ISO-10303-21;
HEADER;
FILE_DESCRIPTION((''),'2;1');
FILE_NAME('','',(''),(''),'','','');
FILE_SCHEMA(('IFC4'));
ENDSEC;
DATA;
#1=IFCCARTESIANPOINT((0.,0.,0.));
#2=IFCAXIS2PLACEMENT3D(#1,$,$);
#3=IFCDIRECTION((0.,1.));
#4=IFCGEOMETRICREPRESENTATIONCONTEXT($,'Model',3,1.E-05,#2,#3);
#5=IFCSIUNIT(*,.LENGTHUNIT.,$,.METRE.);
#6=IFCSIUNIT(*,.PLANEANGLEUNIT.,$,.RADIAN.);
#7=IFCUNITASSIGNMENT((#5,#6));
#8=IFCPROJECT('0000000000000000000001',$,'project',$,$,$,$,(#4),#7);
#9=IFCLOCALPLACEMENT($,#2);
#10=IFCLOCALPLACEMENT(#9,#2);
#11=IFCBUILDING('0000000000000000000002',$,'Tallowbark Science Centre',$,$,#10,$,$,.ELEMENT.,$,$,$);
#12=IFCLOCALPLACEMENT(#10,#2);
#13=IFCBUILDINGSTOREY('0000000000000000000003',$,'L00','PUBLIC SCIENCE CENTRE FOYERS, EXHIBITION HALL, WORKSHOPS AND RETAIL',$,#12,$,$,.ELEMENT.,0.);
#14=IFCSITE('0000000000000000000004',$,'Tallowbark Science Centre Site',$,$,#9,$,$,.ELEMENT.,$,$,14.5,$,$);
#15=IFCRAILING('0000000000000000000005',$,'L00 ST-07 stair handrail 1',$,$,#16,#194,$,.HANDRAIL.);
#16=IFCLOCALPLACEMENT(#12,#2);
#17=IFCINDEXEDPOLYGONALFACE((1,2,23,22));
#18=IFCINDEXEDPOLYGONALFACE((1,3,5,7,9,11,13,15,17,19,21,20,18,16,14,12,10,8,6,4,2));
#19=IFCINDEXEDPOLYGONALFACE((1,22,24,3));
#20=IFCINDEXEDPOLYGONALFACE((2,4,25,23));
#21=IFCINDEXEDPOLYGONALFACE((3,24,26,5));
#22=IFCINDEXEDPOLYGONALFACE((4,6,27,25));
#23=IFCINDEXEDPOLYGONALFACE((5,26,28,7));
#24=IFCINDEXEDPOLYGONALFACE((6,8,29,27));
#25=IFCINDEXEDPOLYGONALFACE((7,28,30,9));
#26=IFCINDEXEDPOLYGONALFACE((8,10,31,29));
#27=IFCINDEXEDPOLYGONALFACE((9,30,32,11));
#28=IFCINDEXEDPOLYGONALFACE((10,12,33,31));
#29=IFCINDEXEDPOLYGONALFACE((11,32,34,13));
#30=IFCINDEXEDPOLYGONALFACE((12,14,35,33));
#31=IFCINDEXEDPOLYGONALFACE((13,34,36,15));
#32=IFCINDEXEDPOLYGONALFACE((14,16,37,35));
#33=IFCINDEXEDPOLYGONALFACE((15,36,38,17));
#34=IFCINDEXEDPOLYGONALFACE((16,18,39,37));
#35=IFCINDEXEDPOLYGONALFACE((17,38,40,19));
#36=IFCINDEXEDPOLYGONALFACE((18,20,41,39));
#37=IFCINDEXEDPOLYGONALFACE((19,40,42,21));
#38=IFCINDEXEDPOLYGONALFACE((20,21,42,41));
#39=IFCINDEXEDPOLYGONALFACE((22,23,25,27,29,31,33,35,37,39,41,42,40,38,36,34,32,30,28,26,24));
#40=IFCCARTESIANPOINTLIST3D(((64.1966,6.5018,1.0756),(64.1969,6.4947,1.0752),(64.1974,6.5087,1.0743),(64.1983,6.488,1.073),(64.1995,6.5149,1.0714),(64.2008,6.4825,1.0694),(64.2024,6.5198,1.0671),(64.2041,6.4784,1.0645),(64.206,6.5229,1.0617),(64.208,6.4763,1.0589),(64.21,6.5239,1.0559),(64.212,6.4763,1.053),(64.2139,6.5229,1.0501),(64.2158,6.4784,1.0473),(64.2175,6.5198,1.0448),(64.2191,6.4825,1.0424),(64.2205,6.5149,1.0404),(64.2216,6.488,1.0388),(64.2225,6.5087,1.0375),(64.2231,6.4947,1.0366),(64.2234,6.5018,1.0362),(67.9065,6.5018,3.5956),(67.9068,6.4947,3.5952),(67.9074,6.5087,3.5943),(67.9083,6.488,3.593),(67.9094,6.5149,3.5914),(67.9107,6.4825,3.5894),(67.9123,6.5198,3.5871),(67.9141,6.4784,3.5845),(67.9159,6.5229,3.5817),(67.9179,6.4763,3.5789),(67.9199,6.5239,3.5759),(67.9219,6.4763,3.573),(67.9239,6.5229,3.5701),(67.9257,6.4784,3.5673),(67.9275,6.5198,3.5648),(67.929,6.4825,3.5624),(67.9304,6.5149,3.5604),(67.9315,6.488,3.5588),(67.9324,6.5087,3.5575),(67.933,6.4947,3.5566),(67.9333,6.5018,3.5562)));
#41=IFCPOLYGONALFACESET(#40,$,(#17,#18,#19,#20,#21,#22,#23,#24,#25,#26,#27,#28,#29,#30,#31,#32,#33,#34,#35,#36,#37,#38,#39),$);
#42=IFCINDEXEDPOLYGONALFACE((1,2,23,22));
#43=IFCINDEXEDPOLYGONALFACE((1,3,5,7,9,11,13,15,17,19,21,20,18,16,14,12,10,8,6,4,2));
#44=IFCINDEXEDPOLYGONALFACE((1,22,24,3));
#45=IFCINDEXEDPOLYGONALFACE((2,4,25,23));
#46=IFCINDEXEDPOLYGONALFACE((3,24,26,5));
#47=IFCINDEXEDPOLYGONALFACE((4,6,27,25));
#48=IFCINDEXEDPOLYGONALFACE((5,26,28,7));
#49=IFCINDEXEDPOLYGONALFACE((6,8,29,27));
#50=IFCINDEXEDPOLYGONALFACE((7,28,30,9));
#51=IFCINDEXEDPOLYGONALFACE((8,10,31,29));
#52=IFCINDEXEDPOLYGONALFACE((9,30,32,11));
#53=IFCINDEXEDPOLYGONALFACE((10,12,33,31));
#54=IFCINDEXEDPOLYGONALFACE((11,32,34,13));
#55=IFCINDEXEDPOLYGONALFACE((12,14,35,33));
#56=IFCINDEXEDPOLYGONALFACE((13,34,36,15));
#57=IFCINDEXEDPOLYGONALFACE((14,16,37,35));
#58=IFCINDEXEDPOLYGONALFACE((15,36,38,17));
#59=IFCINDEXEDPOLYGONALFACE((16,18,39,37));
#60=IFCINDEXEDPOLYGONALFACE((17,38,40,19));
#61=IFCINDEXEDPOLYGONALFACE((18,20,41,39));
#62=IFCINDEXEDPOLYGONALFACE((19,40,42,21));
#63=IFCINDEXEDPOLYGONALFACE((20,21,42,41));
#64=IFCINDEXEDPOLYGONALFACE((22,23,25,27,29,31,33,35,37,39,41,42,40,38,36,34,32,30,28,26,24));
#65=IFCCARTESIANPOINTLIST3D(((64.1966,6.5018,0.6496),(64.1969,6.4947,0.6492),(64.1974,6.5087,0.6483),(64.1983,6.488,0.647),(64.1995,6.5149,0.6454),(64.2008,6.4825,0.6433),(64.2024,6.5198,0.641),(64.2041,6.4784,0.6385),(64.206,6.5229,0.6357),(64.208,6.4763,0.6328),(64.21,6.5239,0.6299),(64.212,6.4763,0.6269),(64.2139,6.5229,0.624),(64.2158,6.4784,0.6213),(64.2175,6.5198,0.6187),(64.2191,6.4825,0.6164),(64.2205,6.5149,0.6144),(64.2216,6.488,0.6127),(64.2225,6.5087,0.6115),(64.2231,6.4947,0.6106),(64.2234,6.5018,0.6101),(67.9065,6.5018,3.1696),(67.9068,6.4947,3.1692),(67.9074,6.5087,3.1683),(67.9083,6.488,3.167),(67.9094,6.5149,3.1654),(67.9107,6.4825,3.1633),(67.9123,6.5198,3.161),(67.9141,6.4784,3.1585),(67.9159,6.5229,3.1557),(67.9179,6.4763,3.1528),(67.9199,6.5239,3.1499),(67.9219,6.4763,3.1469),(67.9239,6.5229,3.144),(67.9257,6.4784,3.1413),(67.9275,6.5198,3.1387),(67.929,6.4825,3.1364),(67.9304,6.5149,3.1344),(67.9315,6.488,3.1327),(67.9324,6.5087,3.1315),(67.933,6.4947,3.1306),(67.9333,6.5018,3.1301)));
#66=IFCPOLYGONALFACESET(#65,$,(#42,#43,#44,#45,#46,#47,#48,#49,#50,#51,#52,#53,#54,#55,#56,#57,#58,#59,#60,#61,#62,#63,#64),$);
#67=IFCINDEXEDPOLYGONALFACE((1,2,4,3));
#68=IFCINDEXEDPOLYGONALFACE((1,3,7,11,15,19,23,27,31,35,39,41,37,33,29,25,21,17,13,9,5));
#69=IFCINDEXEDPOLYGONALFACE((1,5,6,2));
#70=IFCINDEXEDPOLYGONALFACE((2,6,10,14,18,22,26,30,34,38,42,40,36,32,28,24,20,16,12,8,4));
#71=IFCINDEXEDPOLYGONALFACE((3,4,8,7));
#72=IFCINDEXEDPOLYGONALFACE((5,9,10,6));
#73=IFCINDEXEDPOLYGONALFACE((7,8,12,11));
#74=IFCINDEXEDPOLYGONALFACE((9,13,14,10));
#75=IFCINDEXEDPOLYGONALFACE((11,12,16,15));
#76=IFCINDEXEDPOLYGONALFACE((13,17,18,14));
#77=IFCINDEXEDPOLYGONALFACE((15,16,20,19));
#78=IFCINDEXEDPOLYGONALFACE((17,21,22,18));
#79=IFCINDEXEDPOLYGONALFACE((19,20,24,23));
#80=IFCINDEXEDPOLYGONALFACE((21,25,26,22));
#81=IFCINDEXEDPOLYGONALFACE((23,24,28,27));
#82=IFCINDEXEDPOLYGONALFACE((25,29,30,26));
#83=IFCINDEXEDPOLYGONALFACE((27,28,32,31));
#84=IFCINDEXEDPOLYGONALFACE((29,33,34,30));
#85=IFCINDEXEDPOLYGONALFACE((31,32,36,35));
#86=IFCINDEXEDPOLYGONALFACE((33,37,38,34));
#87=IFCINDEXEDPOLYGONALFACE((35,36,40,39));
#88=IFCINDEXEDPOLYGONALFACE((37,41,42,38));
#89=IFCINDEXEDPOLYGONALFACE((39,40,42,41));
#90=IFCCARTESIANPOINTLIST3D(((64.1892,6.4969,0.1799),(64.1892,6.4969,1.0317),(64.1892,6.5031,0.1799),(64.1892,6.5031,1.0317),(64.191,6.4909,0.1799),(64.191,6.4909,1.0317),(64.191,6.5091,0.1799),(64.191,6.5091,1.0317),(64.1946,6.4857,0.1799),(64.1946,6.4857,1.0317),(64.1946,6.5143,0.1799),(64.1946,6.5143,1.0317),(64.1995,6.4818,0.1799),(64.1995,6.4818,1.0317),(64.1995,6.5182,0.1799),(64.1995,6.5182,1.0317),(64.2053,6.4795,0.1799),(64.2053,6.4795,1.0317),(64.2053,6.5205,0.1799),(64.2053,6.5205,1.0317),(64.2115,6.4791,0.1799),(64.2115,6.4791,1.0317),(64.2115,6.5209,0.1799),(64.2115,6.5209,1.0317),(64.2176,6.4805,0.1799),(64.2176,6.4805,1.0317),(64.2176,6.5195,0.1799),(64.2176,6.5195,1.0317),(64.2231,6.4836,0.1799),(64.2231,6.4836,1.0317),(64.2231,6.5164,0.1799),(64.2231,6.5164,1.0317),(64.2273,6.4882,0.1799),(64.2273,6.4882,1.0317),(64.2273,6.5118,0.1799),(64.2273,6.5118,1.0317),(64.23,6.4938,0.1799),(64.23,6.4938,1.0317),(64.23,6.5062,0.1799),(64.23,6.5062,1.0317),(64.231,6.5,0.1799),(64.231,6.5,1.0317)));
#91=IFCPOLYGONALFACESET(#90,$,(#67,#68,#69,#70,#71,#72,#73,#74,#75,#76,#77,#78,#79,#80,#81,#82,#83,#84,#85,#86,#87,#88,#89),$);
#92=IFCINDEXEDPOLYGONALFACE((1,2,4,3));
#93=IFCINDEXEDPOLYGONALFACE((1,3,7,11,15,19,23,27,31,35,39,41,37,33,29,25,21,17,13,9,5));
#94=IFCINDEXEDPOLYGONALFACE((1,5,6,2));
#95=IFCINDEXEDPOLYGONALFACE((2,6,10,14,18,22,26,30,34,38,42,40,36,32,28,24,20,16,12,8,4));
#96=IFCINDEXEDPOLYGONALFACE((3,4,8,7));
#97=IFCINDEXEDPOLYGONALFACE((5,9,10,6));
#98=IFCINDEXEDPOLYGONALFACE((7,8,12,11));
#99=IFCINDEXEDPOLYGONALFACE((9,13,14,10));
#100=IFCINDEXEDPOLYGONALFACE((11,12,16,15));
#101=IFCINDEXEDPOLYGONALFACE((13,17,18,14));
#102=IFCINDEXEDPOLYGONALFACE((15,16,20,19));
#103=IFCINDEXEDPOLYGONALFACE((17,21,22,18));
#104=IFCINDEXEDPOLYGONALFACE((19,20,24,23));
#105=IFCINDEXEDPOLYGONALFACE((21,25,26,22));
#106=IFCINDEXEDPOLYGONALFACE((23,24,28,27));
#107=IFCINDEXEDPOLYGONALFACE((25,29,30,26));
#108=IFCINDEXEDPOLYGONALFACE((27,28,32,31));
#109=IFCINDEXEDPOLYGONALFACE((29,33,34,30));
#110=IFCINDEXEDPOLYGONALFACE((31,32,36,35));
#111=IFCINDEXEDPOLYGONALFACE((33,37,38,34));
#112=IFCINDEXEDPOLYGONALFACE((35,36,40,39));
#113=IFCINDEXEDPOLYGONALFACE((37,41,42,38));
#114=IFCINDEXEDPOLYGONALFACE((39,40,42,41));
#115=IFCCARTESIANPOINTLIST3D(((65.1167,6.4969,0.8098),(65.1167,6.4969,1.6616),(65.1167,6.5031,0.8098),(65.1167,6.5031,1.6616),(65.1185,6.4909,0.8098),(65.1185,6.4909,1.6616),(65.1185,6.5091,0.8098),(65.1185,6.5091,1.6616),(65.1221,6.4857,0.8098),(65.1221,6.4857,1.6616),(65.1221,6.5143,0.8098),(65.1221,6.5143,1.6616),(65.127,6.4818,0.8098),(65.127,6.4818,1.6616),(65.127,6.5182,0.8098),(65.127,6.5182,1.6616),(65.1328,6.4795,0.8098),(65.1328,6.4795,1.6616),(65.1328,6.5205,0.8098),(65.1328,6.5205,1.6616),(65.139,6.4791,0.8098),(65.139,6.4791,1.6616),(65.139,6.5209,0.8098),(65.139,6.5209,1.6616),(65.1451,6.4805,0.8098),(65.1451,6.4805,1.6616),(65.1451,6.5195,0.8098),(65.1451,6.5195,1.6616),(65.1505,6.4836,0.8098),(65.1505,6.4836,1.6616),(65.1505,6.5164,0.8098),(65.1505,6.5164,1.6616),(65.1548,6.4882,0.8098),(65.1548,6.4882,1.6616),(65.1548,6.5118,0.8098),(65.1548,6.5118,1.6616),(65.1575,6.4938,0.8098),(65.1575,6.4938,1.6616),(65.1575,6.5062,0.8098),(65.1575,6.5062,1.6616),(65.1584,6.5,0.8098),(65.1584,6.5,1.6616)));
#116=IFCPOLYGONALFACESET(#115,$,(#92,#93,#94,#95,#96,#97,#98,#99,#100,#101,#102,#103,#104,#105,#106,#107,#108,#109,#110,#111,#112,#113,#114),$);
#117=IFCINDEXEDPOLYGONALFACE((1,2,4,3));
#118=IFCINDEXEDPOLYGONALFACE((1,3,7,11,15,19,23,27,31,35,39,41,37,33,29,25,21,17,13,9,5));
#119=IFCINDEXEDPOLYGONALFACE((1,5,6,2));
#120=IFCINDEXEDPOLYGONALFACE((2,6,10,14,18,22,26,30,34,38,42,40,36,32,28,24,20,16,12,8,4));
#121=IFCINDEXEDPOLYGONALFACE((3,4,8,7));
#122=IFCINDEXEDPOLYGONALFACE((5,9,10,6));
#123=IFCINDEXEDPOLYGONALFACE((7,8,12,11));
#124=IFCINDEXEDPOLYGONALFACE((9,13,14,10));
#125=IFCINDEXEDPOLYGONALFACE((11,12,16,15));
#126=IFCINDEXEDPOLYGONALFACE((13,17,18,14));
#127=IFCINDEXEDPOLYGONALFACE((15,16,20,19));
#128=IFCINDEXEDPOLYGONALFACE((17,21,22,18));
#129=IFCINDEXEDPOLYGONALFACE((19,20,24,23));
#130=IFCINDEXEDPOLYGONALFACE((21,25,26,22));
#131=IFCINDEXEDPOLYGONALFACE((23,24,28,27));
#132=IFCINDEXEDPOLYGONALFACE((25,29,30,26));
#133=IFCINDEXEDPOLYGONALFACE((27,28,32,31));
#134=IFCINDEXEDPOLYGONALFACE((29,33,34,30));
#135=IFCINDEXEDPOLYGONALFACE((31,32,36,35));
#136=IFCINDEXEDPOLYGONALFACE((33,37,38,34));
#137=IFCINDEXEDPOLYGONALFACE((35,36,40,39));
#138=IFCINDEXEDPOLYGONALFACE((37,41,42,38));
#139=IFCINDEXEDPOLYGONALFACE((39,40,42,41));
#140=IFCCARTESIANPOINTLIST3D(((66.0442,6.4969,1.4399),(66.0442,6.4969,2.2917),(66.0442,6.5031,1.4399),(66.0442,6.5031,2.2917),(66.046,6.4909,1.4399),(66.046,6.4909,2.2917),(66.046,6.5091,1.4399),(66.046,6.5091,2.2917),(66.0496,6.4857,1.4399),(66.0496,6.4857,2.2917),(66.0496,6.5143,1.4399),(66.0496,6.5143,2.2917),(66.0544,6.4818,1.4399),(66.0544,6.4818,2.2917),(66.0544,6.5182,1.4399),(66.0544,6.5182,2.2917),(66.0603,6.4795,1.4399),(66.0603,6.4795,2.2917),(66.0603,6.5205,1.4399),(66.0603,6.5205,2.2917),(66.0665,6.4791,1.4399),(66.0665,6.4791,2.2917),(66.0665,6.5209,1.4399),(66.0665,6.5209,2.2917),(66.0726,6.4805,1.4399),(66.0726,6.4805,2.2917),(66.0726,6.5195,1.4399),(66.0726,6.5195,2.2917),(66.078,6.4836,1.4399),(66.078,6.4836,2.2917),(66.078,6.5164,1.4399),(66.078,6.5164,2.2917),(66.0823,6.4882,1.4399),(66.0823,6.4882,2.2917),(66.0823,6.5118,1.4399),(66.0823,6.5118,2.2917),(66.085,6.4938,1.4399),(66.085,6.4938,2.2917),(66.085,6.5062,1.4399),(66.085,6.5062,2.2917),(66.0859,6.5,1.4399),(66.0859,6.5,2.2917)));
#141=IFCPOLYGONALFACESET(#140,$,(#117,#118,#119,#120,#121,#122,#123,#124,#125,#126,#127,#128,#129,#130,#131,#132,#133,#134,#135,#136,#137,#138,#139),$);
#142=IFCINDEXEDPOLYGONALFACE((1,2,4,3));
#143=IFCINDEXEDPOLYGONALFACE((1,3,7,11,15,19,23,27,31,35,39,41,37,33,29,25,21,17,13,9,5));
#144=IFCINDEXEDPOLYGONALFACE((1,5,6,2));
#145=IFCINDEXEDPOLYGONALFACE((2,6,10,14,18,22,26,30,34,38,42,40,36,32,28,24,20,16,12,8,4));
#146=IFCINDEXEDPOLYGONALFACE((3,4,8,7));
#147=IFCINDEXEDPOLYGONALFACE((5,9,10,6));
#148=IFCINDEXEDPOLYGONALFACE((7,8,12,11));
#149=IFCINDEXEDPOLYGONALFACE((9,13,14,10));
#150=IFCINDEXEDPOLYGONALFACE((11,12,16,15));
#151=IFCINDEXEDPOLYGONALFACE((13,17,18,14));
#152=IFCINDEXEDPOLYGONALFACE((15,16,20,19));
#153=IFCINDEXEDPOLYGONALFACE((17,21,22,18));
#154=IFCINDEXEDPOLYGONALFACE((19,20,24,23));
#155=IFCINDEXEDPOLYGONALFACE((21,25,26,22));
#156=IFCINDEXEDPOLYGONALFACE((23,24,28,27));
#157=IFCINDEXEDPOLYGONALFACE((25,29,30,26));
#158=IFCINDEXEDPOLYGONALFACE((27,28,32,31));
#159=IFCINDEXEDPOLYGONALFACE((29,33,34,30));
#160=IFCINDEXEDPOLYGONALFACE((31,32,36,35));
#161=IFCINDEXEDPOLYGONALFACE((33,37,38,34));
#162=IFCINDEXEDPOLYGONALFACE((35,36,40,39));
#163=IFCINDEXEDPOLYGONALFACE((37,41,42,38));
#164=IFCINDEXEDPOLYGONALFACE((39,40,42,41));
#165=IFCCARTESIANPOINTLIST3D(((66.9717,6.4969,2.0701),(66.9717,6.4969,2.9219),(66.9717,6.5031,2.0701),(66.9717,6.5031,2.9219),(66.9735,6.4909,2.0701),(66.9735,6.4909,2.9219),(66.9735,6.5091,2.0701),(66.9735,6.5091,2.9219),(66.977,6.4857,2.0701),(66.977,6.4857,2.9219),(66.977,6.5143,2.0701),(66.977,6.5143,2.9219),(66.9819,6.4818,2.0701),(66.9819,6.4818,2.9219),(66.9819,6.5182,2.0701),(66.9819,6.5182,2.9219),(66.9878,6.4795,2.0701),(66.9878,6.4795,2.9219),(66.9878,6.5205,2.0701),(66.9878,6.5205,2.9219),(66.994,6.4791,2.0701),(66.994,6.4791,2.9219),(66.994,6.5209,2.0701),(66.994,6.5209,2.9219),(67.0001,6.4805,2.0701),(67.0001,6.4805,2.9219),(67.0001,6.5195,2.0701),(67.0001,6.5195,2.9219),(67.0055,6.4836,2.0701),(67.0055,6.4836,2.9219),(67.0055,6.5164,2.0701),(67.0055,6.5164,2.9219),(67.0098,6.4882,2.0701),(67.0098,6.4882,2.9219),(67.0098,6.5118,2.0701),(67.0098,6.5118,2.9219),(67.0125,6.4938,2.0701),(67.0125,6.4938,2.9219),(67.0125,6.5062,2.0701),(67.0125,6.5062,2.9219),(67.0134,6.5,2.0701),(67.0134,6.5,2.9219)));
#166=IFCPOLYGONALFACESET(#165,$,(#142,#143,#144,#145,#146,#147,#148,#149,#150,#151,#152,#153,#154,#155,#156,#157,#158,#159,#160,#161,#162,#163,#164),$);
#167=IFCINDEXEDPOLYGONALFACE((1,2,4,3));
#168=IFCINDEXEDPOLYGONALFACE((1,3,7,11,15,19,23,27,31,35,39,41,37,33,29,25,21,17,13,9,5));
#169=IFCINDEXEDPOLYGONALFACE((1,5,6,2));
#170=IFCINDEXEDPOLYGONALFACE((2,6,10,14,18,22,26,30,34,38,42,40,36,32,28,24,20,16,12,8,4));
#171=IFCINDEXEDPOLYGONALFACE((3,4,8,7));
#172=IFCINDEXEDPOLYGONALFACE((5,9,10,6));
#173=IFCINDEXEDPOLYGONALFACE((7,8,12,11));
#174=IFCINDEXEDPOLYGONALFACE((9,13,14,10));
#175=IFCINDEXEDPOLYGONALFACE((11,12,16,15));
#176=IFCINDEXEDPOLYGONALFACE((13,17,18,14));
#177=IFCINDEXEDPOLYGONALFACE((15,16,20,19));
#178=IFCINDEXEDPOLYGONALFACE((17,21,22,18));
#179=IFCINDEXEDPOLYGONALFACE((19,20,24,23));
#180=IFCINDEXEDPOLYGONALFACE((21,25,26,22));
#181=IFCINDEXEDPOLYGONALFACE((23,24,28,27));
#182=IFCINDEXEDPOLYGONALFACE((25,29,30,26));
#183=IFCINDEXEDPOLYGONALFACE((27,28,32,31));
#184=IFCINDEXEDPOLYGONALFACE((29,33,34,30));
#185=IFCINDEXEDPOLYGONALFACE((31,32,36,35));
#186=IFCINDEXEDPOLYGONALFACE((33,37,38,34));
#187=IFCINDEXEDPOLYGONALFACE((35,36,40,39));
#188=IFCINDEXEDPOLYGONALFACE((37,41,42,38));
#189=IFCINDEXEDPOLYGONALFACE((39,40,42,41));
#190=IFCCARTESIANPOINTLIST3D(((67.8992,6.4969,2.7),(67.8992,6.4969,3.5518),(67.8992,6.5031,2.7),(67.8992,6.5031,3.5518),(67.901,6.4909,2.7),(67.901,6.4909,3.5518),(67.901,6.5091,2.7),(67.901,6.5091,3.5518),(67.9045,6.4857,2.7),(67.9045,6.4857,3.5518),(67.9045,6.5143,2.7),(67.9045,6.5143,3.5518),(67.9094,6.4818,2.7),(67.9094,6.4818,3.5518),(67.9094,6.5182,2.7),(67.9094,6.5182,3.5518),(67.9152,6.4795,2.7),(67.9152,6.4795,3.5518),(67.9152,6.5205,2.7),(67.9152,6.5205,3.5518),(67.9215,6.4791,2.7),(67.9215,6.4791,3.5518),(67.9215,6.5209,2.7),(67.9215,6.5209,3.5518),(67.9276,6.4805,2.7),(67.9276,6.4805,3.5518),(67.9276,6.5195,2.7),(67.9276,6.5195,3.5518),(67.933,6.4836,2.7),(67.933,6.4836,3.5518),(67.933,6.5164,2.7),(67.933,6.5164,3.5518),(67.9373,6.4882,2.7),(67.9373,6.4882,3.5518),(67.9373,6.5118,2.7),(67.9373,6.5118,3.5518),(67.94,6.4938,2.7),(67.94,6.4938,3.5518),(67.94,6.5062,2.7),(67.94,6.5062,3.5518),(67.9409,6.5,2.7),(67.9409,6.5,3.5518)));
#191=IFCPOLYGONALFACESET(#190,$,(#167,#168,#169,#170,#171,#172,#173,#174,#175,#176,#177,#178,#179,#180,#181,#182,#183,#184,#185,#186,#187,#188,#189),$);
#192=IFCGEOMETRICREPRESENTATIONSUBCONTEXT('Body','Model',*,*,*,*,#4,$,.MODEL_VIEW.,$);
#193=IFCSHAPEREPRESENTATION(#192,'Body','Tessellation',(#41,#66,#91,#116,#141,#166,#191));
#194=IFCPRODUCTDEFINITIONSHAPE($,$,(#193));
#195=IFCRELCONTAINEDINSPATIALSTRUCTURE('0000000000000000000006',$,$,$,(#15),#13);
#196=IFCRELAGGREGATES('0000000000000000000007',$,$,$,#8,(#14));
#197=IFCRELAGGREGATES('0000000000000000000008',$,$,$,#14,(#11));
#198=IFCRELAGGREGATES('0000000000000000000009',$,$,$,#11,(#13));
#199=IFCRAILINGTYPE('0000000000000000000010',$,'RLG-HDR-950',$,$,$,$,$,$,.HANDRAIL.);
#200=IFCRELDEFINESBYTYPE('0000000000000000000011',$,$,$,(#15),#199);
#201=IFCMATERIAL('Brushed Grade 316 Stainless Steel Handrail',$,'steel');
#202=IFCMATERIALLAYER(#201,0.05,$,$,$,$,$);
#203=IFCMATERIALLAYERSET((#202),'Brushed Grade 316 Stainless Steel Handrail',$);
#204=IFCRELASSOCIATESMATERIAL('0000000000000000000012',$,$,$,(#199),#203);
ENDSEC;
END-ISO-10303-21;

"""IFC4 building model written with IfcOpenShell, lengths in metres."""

from ifc_helpers import new_model, si_unit, direction, frame, origin, origin_2d, place, context, subcontext, project, spatial, circle, extrude, material, layer, layer_set, type_object, element, save


model = new_model("IFC4")

# Units and contexts
model_context = context("Model", 3, precision=1e-05, world=origin(), true_north=direction((0.0, 1.0)))
body_context = subcontext(model_context, "Body", "Model", "MODEL_VIEW")
ifc_project = project(units=[si_unit("LENGTHUNIT", "METRE"), si_unit("PLANEANGLEUNIT", "RADIAN")], contexts=[model_context])

# Site, building, storey
site_placement = place(None, origin())
site = spatial("IfcSite", under=ifc_project, at=site_placement, Name="Tallowbark Science Centre Site", CompositionType="ELEMENT", RefElevation=14.5)
building_placement = place(site_placement, origin())
building = spatial("IfcBuilding", under=site, at=building_placement, Name="Tallowbark Science Centre", CompositionType="ELEMENT")
storey_placement = place(building_placement, origin())
storey = spatial("IfcBuildingStorey", under=building, at=storey_placement, Name="L00", Description="PUBLIC SCIENCE CENTRE FOYERS, EXHIBITION HALL, WORKSHOPS AND RETAIL", CompositionType="ELEMENT", Elevation=0.0)

# Railing
ifc_material_1 = material(Name="Brushed Grade 316 Stainless Steel Handrail", Category="steel")
ifc_layer_1 = layer(ifc_material_1, 0.05)
ifc_layer_set_1 = layer_set([ifc_layer_1], Name="Brushed Grade 316 Stainless Steel Handrail")
railing_type_1 = type_object("IfcRailingType", Name="RLG-HDR-950", PredefinedType="HANDRAIL", material=ifc_layer_set_1)
railing_1_placement = place(storey_placement, frame((64.21, 6.5, 0.1799)))
element("IfcRailing", 1, at=railing_1_placement, inside=storey, type_object=railing_type_1, Name="L00 ST-07 stair handrail 1", PredefinedType="HANDRAIL", context=body_context, shape_type="SweptSolid", body=[
    extrude(circle(Radius=0.0239, at=origin_2d()), frame((0.0, 0.0, 0.876), z_axis=(0.827212, 0.0, 0.56189), x_axis=(0.0, 1.0, 0.0)), (0.0, 0.0, 1.0), 4.4849),
    extrude(circle(Radius=0.0239, at=origin_2d()), frame((0.0, 0.0, 0.45), z_axis=(0.827212, 0.0, 0.56189), x_axis=(0.0, 1.0, 0.0)), (0.0, 0.0, 1.0), 4.4849),
    extrude(circle(Radius=0.021, at=origin_2d()), origin(), (0.0, 0.0, 1.0), 0.8518),
    extrude(circle(Radius=0.021, at=origin_2d()), frame((0.9275, 0.0, 0.6299)), (0.0, 0.0, 1.0), 0.8518),
    extrude(circle(Radius=0.021, at=origin_2d()), frame((1.855, 0.0, 1.26)), (0.0, 0.0, 1.0), 0.8518),
    extrude(circle(Radius=0.021, at=origin_2d()), frame((2.7825, 0.0, 1.8901)), (0.0, 0.0, 1.0), 0.8518),
    extrude(circle(Radius=0.021, at=origin_2d()), frame((3.71, 0.0, 2.52)), (0.0, 0.0, 1.0), 0.8518),
])

save(model, "model.ifc")
